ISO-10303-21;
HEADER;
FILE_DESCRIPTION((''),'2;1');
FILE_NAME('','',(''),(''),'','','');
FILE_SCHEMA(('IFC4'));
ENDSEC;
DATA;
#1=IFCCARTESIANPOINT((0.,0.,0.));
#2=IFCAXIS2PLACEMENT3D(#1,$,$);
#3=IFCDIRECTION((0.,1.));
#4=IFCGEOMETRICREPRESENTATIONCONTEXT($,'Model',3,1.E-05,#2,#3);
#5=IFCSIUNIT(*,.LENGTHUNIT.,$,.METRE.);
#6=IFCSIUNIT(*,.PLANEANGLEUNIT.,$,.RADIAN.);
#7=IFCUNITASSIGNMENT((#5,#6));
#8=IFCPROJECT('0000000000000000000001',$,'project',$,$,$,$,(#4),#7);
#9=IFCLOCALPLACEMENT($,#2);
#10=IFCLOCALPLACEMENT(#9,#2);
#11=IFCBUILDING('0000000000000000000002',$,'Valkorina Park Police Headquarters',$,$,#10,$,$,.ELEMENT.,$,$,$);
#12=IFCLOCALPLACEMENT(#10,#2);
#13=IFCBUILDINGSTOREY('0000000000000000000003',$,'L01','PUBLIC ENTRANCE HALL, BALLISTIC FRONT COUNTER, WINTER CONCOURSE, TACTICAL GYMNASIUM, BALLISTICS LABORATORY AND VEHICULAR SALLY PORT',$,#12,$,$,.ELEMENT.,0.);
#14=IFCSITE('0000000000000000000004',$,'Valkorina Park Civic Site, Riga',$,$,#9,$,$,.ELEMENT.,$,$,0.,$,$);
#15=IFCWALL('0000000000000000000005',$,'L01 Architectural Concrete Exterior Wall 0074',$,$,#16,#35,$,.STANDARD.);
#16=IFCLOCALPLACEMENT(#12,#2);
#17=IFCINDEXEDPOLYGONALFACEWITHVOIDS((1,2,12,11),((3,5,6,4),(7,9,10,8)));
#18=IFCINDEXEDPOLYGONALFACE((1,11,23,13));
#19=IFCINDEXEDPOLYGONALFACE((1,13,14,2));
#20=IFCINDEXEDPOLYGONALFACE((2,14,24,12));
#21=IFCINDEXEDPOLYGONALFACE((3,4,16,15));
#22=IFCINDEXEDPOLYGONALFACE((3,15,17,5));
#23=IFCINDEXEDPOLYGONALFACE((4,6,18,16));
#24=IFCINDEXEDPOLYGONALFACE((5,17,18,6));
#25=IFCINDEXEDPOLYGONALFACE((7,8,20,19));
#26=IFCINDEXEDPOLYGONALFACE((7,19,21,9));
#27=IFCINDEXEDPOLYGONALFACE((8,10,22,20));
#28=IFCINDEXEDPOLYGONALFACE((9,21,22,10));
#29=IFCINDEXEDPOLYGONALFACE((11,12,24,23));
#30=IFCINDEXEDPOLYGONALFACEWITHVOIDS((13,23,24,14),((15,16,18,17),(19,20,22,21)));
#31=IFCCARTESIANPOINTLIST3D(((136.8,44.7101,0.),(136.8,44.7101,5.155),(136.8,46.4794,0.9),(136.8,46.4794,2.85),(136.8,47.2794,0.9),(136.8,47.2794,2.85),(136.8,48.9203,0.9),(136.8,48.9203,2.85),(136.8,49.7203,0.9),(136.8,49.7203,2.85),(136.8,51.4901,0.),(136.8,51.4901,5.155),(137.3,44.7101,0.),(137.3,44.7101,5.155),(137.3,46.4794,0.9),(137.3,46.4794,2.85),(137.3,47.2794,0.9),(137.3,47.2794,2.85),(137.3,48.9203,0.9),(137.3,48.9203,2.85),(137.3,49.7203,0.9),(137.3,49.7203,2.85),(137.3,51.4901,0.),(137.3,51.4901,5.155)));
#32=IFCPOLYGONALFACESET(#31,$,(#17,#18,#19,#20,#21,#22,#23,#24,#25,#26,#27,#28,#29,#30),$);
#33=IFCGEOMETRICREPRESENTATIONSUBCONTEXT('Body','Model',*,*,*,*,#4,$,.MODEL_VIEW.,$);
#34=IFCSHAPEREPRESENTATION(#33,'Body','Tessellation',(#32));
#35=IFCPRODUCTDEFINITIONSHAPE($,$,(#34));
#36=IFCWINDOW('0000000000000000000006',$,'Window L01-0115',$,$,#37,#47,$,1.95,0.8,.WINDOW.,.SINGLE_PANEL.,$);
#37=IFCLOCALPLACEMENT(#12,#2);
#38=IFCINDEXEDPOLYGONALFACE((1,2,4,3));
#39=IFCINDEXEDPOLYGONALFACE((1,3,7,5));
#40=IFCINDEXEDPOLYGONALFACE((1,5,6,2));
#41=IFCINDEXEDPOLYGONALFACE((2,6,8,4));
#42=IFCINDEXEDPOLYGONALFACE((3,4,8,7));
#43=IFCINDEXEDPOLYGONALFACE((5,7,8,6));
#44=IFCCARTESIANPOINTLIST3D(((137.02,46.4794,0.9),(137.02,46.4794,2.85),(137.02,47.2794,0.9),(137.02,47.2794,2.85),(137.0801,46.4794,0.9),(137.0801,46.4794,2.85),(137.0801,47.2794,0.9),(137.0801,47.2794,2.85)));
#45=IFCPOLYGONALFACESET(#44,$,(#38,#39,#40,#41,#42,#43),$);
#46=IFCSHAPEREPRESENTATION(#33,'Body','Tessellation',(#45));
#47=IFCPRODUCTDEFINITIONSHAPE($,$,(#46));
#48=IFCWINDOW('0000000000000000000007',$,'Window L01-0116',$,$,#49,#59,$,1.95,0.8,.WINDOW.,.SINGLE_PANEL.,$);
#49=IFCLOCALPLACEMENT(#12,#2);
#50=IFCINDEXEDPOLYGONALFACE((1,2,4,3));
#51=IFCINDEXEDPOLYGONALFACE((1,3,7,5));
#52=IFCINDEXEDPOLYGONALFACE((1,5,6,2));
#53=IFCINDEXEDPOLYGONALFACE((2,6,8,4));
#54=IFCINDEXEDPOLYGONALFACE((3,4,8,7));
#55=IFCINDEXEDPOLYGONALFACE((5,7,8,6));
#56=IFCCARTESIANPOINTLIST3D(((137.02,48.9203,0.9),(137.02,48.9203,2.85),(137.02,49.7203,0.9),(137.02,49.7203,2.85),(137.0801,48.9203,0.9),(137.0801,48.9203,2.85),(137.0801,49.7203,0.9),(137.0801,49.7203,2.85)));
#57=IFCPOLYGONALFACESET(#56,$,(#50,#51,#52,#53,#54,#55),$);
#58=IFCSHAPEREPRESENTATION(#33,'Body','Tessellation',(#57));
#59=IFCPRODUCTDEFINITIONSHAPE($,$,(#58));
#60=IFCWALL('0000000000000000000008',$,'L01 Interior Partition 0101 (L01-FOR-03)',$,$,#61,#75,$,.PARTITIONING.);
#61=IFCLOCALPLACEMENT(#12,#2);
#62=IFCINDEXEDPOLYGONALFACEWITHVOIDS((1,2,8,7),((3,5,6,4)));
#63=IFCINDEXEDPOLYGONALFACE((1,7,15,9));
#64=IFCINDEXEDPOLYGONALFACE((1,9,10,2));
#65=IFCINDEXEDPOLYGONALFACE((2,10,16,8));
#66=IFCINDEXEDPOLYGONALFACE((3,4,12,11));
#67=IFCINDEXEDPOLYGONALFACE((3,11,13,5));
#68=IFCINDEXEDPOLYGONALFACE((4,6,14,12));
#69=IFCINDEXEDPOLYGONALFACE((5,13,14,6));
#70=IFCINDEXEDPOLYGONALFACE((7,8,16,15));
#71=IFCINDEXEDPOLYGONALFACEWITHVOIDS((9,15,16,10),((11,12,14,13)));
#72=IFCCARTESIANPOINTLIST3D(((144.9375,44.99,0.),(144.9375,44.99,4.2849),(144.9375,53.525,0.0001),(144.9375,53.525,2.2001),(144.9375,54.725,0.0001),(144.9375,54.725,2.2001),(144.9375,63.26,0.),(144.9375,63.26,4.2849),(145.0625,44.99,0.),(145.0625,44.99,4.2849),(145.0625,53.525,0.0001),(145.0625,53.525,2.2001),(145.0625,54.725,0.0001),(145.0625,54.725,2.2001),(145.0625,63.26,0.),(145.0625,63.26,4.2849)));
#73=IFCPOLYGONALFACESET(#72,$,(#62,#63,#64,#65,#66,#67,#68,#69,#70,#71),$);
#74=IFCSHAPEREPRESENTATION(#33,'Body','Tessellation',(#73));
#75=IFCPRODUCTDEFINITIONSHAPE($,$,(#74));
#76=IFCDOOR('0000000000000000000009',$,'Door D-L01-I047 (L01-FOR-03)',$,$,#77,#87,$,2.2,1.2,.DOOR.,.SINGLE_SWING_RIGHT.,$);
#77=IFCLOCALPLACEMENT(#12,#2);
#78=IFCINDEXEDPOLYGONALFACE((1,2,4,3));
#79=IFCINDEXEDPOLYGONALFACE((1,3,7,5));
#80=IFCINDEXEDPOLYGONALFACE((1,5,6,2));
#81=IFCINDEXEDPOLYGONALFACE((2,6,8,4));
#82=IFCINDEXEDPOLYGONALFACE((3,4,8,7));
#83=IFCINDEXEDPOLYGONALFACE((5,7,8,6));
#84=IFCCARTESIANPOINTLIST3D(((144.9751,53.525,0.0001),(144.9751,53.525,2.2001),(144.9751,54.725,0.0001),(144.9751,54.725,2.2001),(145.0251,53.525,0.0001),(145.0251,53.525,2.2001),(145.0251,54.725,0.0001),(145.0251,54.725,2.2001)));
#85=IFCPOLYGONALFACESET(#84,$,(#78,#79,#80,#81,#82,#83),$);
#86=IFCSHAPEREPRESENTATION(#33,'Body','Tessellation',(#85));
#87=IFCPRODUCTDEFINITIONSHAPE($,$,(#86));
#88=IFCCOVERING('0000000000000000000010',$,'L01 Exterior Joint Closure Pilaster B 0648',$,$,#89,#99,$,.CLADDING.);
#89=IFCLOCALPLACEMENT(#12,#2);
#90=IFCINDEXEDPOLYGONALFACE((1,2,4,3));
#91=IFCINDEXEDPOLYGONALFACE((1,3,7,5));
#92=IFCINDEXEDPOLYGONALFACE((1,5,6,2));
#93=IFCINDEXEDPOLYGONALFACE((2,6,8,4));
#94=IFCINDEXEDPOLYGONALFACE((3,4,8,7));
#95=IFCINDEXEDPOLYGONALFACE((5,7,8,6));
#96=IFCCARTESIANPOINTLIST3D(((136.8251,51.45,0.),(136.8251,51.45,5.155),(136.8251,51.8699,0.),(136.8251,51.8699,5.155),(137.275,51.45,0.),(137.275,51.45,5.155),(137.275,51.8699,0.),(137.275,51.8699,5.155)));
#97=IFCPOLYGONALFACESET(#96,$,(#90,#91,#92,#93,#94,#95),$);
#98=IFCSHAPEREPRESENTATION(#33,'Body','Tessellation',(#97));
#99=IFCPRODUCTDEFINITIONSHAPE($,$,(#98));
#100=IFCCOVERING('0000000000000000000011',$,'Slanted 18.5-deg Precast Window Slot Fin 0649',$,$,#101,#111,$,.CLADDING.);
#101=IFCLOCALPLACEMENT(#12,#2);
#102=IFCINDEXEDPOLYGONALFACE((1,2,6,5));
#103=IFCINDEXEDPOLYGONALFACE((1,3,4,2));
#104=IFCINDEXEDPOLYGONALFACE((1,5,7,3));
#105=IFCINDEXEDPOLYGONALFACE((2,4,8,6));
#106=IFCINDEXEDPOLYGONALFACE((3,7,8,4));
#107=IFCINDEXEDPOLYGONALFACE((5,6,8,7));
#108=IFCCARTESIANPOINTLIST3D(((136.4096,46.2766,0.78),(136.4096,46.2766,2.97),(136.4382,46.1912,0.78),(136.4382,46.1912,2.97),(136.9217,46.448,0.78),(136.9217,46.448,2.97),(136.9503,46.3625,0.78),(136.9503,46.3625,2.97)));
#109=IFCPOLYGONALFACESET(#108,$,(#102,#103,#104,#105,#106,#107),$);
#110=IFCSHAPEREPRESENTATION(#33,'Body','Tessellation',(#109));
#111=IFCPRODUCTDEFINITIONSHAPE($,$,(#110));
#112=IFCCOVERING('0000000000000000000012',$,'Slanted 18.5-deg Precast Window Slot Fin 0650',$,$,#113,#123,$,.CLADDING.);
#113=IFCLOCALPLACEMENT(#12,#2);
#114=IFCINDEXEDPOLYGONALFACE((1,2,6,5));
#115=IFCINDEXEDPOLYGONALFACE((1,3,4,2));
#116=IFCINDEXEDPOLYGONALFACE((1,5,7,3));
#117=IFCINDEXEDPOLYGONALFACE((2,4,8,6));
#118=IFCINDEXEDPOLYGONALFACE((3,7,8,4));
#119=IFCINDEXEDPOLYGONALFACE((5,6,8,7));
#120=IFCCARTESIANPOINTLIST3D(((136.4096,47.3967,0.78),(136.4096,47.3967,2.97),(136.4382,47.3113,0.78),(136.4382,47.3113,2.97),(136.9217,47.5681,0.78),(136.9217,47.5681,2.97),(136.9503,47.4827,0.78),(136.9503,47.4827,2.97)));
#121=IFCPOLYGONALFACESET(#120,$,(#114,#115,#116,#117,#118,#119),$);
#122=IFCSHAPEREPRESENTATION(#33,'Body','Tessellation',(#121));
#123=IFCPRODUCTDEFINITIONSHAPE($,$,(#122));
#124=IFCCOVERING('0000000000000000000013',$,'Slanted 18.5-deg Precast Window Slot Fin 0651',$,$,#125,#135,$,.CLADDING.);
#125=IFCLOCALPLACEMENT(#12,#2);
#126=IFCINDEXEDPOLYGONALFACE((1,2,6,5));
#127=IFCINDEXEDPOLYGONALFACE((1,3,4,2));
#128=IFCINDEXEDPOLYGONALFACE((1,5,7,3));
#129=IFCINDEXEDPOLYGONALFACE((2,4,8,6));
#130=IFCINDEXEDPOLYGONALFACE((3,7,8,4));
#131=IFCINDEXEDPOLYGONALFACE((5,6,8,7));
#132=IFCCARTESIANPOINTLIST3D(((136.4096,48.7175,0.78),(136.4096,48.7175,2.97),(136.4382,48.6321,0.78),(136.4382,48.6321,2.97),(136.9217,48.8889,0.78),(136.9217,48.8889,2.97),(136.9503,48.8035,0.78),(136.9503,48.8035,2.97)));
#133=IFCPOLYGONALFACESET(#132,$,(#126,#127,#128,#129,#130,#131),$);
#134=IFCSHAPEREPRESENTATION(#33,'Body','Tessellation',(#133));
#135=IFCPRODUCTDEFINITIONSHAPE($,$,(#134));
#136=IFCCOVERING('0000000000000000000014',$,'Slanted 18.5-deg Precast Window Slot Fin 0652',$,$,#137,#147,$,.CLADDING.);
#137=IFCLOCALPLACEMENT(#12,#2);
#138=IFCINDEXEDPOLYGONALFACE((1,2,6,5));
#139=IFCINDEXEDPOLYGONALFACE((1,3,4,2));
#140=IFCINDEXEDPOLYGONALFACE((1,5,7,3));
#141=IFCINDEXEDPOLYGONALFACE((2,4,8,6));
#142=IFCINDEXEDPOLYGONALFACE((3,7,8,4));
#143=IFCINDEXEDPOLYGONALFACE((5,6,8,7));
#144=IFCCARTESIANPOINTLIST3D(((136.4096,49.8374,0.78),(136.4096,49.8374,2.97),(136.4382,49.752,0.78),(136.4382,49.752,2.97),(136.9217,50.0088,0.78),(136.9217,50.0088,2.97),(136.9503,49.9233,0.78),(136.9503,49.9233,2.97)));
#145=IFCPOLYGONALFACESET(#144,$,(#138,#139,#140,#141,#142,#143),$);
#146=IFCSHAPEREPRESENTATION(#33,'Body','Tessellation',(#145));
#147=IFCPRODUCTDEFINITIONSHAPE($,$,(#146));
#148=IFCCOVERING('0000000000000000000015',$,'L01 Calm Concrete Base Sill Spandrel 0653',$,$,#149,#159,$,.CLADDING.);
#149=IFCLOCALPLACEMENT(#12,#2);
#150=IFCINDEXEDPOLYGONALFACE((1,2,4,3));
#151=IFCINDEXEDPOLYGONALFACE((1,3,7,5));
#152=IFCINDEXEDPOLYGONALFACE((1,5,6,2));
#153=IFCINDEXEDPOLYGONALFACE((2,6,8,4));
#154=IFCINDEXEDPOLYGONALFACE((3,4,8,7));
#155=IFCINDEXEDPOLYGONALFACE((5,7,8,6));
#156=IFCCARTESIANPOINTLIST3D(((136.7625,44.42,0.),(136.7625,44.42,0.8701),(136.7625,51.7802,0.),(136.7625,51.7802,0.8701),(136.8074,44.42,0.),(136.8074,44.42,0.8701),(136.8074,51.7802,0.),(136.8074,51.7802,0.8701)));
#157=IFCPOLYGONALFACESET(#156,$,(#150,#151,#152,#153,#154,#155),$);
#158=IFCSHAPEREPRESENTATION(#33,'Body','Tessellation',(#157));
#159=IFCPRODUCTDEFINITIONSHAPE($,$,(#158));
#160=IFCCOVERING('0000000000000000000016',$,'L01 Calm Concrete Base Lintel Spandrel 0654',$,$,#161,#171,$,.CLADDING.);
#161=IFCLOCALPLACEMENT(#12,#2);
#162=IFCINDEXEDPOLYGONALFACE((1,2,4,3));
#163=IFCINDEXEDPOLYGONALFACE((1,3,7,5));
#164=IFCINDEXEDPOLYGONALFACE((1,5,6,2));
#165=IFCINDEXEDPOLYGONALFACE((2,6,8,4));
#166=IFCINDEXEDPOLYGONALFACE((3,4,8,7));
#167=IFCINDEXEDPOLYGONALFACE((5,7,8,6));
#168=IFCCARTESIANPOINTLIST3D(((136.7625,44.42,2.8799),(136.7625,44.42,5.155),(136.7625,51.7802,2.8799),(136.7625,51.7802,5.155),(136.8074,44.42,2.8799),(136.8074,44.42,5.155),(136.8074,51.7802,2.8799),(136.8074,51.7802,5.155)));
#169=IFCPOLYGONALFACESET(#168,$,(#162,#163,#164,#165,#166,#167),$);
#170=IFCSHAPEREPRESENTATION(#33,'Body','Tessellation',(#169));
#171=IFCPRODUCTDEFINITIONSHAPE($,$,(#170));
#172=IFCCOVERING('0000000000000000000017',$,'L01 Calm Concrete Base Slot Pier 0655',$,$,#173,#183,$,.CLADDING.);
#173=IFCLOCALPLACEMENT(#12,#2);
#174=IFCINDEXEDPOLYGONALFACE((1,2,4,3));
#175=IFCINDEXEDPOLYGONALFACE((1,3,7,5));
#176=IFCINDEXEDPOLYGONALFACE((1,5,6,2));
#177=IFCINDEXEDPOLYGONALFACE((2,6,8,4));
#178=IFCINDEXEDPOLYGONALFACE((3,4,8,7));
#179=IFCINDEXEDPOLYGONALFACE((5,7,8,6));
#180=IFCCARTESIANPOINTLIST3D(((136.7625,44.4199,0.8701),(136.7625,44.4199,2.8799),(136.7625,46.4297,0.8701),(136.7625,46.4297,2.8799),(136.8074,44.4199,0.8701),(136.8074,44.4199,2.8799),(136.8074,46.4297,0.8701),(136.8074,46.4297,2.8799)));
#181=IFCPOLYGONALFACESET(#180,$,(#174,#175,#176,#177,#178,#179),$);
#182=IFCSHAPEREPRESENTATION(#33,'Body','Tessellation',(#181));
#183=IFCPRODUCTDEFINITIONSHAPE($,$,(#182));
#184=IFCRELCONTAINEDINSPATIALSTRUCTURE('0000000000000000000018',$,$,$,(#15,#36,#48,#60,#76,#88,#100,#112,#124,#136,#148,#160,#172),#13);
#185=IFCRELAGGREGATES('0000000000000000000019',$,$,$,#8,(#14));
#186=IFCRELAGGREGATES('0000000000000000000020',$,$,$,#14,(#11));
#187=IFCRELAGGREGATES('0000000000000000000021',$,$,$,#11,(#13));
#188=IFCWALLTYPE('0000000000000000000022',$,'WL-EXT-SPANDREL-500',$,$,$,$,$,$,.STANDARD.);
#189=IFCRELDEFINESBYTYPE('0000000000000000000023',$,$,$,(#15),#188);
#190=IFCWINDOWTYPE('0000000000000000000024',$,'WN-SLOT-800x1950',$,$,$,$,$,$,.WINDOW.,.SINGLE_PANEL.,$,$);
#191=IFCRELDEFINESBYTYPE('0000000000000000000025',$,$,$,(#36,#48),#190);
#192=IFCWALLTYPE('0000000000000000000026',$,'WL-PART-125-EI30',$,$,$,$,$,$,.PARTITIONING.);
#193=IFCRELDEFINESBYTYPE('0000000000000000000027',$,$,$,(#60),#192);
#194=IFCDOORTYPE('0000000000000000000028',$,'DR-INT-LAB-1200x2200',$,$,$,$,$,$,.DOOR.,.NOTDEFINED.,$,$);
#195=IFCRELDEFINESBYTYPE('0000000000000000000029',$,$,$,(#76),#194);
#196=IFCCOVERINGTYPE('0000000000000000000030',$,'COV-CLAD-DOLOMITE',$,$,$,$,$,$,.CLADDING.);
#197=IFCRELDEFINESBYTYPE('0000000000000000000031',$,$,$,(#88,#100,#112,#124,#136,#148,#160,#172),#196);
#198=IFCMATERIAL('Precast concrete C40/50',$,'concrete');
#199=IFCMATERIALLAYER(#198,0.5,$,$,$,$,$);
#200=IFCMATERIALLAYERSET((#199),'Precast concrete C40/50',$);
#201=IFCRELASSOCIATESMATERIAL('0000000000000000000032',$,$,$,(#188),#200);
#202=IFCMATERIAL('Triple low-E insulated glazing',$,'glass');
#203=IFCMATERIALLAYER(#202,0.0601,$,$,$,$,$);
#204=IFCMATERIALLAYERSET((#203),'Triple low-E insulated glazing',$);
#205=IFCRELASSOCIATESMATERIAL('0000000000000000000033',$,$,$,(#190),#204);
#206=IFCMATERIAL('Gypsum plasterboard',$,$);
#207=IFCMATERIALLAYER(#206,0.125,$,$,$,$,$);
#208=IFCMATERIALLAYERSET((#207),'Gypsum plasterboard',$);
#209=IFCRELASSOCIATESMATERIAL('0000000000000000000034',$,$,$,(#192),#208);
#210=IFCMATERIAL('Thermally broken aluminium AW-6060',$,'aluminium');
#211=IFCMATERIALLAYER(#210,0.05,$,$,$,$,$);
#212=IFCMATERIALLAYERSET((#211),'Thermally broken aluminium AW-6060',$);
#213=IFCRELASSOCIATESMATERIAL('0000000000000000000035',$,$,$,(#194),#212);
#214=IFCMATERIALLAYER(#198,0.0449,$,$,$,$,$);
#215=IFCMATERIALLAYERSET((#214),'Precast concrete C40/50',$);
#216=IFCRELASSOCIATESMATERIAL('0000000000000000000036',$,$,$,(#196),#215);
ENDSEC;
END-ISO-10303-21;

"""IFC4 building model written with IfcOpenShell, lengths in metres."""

from ifc_helpers import new_model, si_unit, direction, frame, frame_2d, origin, origin_2d, place, context, subcontext, project, spatial, rectangle, extrude, material, layer, layer_set, type_object, element, fill, save


model = new_model("IFC4")

# Units and contexts
model_context = context("Model", 3, precision=1e-05, world=origin(), true_north=direction((0.0, 1.0)))
body_context = subcontext(model_context, "Body", "Model", "MODEL_VIEW")
ifc_project = project(units=[si_unit("LENGTHUNIT", "METRE"), si_unit("PLANEANGLEUNIT", "RADIAN")], contexts=[model_context])

# Site, building, storey
site_placement = place(None, origin())
site = spatial("IfcSite", under=ifc_project, at=site_placement, Name="Valkorina Park Civic Site, Riga", CompositionType="ELEMENT", RefElevation=0.0)
building_placement = place(site_placement, origin())
building = spatial("IfcBuilding", under=site, at=building_placement, Name="Valkorina Park Police Headquarters", CompositionType="ELEMENT")
storey_placement = place(building_placement, origin())
storey = spatial("IfcBuildingStorey", under=building, at=storey_placement, Name="L01", Description="PUBLIC ENTRANCE HALL, BALLISTIC FRONT COUNTER, WINTER CONCOURSE, TACTICAL GYMNASIUM, BALLISTICS LABORATORY AND VEHICULAR SALLY PORT", CompositionType="ELEMENT", Elevation=0.0)

# Wall, openings, windows
ifc_material_1 = material(Name="Precast concrete C40/50", Category="concrete")
ifc_layer_1 = layer(ifc_material_1, 0.5)
ifc_layer_set_1 = layer_set([ifc_layer_1], Name="Precast concrete C40/50")
wall_type_1 = type_object("IfcWallType", Name="WL-EXT-SPANDREL-500", PredefinedType="STANDARD", material=ifc_layer_set_1)
wall_1_placement = place(storey_placement, frame((137.05, 44.71, 0.0), z_axis=(0.0, 0.0, 1.0), x_axis=(0.0, 1.0, 0.0)))
wall_1 = element("IfcWall", 1, at=wall_1_placement, inside=storey, type_object=wall_type_1, Name="L01 Architectural Concrete Exterior Wall 0074", PredefinedType="STANDARD", context=body_context, shape_type="SweptSolid", body=[
    extrude(rectangle(XDim=6.78, YDim=0.5, at=frame_2d((3.3901, 0.0))), origin(), (0.0, 0.0, 1.0), 5.155),
])
opening_1_placement = place(wall_1_placement, frame((1.7695, 0.0, 0.8999)))
opening_1 = element("IfcOpeningElement", 2, at=opening_1_placement, cuts=wall_1, PredefinedType="OPENING", context=body_context, shape_type="SweptSolid", body=[
    extrude(rectangle(XDim=0.8, YDim=1.95, at=frame_2d((0.3999, 0.9751))), frame((0.0, 0.26, 0.0), z_axis=(0.0, -1.0, 0.0), x_axis=(1.0, 0.0, 0.0)), (0.0, 0.0, 1.0), 0.52),
])
opening_2_placement = place(wall_1_placement, frame((4.2104, 0.0, 0.8999)))
opening_2 = element("IfcOpeningElement", 3, at=opening_2_placement, cuts=wall_1, PredefinedType="OPENING", context=body_context, shape_type="SweptSolid", body=[
    extrude(rectangle(XDim=0.8, YDim=1.95, at=frame_2d((0.3999, 0.9751))), frame((0.0, 0.26, 0.0), z_axis=(0.0, -1.0, 0.0), x_axis=(1.0, 0.0, 0.0)), (0.0, 0.0, 1.0), 0.52),
])
ifc_material_2 = material(Name="Triple low-E insulated glazing", Category="glass")
ifc_layer_2 = layer(ifc_material_2, 0.0601)
ifc_layer_set_2 = layer_set([ifc_layer_2], Name="Triple low-E insulated glazing")
window_type = type_object("IfcWindowType", Name="WN-SLOT-800x1950", PartitioningType="SINGLE_PANEL", PredefinedType="WINDOW", material=ifc_layer_set_2)
window_1_placement = place(opening_1_placement, origin())
window_1 = element("IfcWindow", 4, at=window_1_placement, inside=storey, type_object=window_type, Name="Window L01-0115", OverallHeight=1.95, OverallWidth=0.8, PartitioningType="SINGLE_PANEL", PredefinedType="WINDOW", context=body_context, shape_type="SweptSolid", body=[
    extrude(rectangle(XDim=0.8, YDim=1.95, at=frame_2d((0.3999, 0.9751))), frame((0.0, 0.03, 0.0), z_axis=(0.0, -1.0, 0.0), x_axis=(1.0, 0.0, 0.0)), (0.0, 0.0, 1.0), 0.0601),
])
fill(opening_1, window_1)
window_2_placement = place(opening_2_placement, origin())
window_2 = element("IfcWindow", 5, at=window_2_placement, inside=storey, type_object=window_type, Name="Window L01-0116", OverallHeight=1.95, OverallWidth=0.8, PartitioningType="SINGLE_PANEL", PredefinedType="WINDOW", context=body_context, shape_type="SweptSolid", body=[
    extrude(rectangle(XDim=0.8, YDim=1.95, at=frame_2d((0.3999, 0.9751))), frame((0.0, 0.03, 0.0), z_axis=(0.0, -1.0, 0.0), x_axis=(1.0, 0.0, 0.0)), (0.0, 0.0, 1.0), 0.0601),
])
fill(opening_2, window_2)

# Wall, opening, door
ifc_material_3 = material(Name="Gypsum plasterboard")
ifc_layer_3 = layer(ifc_material_3, 0.125)
ifc_layer_set_3 = layer_set([ifc_layer_3], Name="Gypsum plasterboard")
wall_type_2 = type_object("IfcWallType", Name="WL-PART-125-EI30", PredefinedType="PARTITIONING", material=ifc_layer_set_3)
wall_2_placement = place(storey_placement, frame((145.0, 44.99, 0.0), z_axis=(0.0, 0.0, 1.0), x_axis=(0.0, 1.0, 0.0)))
wall_2 = element("IfcWall", 6, at=wall_2_placement, inside=storey, type_object=wall_type_2, Name="L01 Interior Partition 0101 (L01-FOR-03)", PredefinedType="PARTITIONING", context=body_context, shape_type="SweptSolid", body=[
    extrude(rectangle(XDim=18.27, YDim=0.125, at=frame_2d((9.135, 0.0))), origin(), (0.0, 0.0, 1.0), 4.2849),
])
opening_3_placement = place(wall_2_placement, frame((8.5349, 0.0, 0.0)))
opening_3 = element("IfcOpeningElement", 7, at=opening_3_placement, cuts=wall_2, PredefinedType="OPENING", context=body_context, shape_type="SweptSolid", body=[
    extrude(rectangle(XDim=1.2, YDim=2.2, at=frame_2d((0.6001, 1.1001))), frame((0.0, 0.0725, 0.0), z_axis=(0.0, -1.0, 0.0), x_axis=(1.0, 0.0, 0.0)), (0.0, 0.0, 1.0), 0.145),
])
ifc_material_4 = material(Name="Thermally broken aluminium AW-6060", Category="aluminium")
ifc_layer_4 = layer(ifc_material_4, 0.05)
ifc_layer_set_4 = layer_set([ifc_layer_4], Name="Thermally broken aluminium AW-6060")
door_type = type_object("IfcDoorType", Name="DR-INT-LAB-1200x2200", OperationType="NOTDEFINED", PredefinedType="DOOR", material=ifc_layer_set_4)
door_placement = place(opening_3_placement, origin())
door = element("IfcDoor", 8, at=door_placement, inside=storey, type_object=door_type, Name="Door D-L01-I047 (L01-FOR-03)", OperationType="SINGLE_SWING_RIGHT", OverallHeight=2.2, OverallWidth=1.2, PredefinedType="DOOR", context=body_context, shape_type="SweptSolid", body=[
    extrude(rectangle(XDim=1.2, YDim=2.2, at=frame_2d((0.6001, 1.1001))), frame((0.0, 0.0249, 0.0), z_axis=(0.0, -1.0, 0.0), x_axis=(1.0, 0.0, 0.0)), (0.0, 0.0, 1.0), 0.05),
])
fill(opening_3, door)

# Coverings
ifc_layer_5 = layer(ifc_material_1, 0.0449)
ifc_layer_set_5 = layer_set([ifc_layer_5], Name="Precast concrete C40/50")
covering_type = type_object("IfcCoveringType", Name="COV-CLAD-DOLOMITE", PredefinedType="CLADDING", material=ifc_layer_set_5)
covering_1_placement = place(storey_placement, frame((137.05, 51.6599, 0.0), z_axis=(0.0, 0.0, 1.0), x_axis=(0.0, 1.0, 0.0)))
element("IfcCovering", 9, at=covering_1_placement, inside=storey, type_object=covering_type, Name="L01 Exterior Joint Closure Pilaster B 0648", PredefinedType="CLADDING", context=body_context, shape_type="SweptSolid", body=[
    extrude(rectangle(XDim=0.4199, YDim=0.45, at=origin_2d()), origin(), (0.0, 0.0, 1.0), 5.155),
])
for number, where, z_axis, x_axis, name in (
    (10, (136.6799, 46.3196, 0.78), (0.0, 0.0, 1.0), (-0.948324, -0.317305, 0.0), "Slanted 18.5-deg Precast Window Slot Fin 0649"),
    (11, (136.6799, 47.4397, 0.78), (0.0, 0.0, 1.0), (-0.948324, -0.317305, 0.0), "Slanted 18.5-deg Precast Window Slot Fin 0650"),
    (12, (136.6799, 48.7605, 0.78), (0.0, 0.0, 1.0), (-0.948324, -0.317305, 0.0), "Slanted 18.5-deg Precast Window Slot Fin 0651"),
    (13, (136.6799, 49.8804, 0.78), (0.0, 0.0, 1.0), (-0.948324, -0.317305, 0.0), "Slanted 18.5-deg Precast Window Slot Fin 0652"),
):
    element("IfcCovering", number, at=place(storey_placement, frame(where, z_axis=z_axis, x_axis=x_axis)), inside=storey, type_object=covering_type, Name=name, PredefinedType="CLADDING", context=body_context, shape_type="SweptSolid", body=[
        extrude(rectangle(XDim=0.54, YDim=0.0901, at=origin_2d()), origin(), (0.0, 0.0, 1.0), 2.1899),
    ])
covering_2_placement = place(storey_placement, frame((136.7849, 44.4199, 0.0), z_axis=(0.0, 0.0, 1.0), x_axis=(0.0, 1.0, 0.0)))
element("IfcCovering", 14, at=covering_2_placement, inside=storey, type_object=covering_type, Name="L01 Calm Concrete Base Sill Spandrel 0653", PredefinedType="CLADDING", context=body_context, shape_type="SweptSolid", body=[
    extrude(rectangle(XDim=7.3601, YDim=0.0449, at=frame_2d((3.6802, 0.0))), origin(), (0.0, 0.0, 1.0), 0.8701),
])
covering_3_placement = place(storey_placement, frame((136.7849, 44.4199, 2.8799), z_axis=(0.0, 0.0, 1.0), x_axis=(0.0, 1.0, 0.0)))
element("IfcCovering", 15, at=covering_3_placement, inside=storey, type_object=covering_type, Name="L01 Calm Concrete Base Lintel Spandrel 0654", PredefinedType="CLADDING", context=body_context, shape_type="SweptSolid", body=[
    extrude(rectangle(XDim=7.3601, YDim=0.0449, at=frame_2d((3.6802, 0.0))), origin(), (0.0, 0.0, 1.0), 2.2751),
])
covering_4_placement = place(storey_placement, frame((136.7849, 44.4199, 0.8701), z_axis=(0.0, 0.0, 1.0), x_axis=(0.0, 1.0, 0.0)))
element("IfcCovering", 16, at=covering_4_placement, inside=storey, type_object=covering_type, Name="L01 Calm Concrete Base Slot Pier 0655", PredefinedType="CLADDING", context=body_context, shape_type="SweptSolid", body=[
    extrude(rectangle(XDim=2.0098, YDim=0.0449, at=frame_2d((1.0049, 0.0))), origin(), (0.0, 0.0, 1.0), 2.0098),
])

save(model, "model.ifc")
